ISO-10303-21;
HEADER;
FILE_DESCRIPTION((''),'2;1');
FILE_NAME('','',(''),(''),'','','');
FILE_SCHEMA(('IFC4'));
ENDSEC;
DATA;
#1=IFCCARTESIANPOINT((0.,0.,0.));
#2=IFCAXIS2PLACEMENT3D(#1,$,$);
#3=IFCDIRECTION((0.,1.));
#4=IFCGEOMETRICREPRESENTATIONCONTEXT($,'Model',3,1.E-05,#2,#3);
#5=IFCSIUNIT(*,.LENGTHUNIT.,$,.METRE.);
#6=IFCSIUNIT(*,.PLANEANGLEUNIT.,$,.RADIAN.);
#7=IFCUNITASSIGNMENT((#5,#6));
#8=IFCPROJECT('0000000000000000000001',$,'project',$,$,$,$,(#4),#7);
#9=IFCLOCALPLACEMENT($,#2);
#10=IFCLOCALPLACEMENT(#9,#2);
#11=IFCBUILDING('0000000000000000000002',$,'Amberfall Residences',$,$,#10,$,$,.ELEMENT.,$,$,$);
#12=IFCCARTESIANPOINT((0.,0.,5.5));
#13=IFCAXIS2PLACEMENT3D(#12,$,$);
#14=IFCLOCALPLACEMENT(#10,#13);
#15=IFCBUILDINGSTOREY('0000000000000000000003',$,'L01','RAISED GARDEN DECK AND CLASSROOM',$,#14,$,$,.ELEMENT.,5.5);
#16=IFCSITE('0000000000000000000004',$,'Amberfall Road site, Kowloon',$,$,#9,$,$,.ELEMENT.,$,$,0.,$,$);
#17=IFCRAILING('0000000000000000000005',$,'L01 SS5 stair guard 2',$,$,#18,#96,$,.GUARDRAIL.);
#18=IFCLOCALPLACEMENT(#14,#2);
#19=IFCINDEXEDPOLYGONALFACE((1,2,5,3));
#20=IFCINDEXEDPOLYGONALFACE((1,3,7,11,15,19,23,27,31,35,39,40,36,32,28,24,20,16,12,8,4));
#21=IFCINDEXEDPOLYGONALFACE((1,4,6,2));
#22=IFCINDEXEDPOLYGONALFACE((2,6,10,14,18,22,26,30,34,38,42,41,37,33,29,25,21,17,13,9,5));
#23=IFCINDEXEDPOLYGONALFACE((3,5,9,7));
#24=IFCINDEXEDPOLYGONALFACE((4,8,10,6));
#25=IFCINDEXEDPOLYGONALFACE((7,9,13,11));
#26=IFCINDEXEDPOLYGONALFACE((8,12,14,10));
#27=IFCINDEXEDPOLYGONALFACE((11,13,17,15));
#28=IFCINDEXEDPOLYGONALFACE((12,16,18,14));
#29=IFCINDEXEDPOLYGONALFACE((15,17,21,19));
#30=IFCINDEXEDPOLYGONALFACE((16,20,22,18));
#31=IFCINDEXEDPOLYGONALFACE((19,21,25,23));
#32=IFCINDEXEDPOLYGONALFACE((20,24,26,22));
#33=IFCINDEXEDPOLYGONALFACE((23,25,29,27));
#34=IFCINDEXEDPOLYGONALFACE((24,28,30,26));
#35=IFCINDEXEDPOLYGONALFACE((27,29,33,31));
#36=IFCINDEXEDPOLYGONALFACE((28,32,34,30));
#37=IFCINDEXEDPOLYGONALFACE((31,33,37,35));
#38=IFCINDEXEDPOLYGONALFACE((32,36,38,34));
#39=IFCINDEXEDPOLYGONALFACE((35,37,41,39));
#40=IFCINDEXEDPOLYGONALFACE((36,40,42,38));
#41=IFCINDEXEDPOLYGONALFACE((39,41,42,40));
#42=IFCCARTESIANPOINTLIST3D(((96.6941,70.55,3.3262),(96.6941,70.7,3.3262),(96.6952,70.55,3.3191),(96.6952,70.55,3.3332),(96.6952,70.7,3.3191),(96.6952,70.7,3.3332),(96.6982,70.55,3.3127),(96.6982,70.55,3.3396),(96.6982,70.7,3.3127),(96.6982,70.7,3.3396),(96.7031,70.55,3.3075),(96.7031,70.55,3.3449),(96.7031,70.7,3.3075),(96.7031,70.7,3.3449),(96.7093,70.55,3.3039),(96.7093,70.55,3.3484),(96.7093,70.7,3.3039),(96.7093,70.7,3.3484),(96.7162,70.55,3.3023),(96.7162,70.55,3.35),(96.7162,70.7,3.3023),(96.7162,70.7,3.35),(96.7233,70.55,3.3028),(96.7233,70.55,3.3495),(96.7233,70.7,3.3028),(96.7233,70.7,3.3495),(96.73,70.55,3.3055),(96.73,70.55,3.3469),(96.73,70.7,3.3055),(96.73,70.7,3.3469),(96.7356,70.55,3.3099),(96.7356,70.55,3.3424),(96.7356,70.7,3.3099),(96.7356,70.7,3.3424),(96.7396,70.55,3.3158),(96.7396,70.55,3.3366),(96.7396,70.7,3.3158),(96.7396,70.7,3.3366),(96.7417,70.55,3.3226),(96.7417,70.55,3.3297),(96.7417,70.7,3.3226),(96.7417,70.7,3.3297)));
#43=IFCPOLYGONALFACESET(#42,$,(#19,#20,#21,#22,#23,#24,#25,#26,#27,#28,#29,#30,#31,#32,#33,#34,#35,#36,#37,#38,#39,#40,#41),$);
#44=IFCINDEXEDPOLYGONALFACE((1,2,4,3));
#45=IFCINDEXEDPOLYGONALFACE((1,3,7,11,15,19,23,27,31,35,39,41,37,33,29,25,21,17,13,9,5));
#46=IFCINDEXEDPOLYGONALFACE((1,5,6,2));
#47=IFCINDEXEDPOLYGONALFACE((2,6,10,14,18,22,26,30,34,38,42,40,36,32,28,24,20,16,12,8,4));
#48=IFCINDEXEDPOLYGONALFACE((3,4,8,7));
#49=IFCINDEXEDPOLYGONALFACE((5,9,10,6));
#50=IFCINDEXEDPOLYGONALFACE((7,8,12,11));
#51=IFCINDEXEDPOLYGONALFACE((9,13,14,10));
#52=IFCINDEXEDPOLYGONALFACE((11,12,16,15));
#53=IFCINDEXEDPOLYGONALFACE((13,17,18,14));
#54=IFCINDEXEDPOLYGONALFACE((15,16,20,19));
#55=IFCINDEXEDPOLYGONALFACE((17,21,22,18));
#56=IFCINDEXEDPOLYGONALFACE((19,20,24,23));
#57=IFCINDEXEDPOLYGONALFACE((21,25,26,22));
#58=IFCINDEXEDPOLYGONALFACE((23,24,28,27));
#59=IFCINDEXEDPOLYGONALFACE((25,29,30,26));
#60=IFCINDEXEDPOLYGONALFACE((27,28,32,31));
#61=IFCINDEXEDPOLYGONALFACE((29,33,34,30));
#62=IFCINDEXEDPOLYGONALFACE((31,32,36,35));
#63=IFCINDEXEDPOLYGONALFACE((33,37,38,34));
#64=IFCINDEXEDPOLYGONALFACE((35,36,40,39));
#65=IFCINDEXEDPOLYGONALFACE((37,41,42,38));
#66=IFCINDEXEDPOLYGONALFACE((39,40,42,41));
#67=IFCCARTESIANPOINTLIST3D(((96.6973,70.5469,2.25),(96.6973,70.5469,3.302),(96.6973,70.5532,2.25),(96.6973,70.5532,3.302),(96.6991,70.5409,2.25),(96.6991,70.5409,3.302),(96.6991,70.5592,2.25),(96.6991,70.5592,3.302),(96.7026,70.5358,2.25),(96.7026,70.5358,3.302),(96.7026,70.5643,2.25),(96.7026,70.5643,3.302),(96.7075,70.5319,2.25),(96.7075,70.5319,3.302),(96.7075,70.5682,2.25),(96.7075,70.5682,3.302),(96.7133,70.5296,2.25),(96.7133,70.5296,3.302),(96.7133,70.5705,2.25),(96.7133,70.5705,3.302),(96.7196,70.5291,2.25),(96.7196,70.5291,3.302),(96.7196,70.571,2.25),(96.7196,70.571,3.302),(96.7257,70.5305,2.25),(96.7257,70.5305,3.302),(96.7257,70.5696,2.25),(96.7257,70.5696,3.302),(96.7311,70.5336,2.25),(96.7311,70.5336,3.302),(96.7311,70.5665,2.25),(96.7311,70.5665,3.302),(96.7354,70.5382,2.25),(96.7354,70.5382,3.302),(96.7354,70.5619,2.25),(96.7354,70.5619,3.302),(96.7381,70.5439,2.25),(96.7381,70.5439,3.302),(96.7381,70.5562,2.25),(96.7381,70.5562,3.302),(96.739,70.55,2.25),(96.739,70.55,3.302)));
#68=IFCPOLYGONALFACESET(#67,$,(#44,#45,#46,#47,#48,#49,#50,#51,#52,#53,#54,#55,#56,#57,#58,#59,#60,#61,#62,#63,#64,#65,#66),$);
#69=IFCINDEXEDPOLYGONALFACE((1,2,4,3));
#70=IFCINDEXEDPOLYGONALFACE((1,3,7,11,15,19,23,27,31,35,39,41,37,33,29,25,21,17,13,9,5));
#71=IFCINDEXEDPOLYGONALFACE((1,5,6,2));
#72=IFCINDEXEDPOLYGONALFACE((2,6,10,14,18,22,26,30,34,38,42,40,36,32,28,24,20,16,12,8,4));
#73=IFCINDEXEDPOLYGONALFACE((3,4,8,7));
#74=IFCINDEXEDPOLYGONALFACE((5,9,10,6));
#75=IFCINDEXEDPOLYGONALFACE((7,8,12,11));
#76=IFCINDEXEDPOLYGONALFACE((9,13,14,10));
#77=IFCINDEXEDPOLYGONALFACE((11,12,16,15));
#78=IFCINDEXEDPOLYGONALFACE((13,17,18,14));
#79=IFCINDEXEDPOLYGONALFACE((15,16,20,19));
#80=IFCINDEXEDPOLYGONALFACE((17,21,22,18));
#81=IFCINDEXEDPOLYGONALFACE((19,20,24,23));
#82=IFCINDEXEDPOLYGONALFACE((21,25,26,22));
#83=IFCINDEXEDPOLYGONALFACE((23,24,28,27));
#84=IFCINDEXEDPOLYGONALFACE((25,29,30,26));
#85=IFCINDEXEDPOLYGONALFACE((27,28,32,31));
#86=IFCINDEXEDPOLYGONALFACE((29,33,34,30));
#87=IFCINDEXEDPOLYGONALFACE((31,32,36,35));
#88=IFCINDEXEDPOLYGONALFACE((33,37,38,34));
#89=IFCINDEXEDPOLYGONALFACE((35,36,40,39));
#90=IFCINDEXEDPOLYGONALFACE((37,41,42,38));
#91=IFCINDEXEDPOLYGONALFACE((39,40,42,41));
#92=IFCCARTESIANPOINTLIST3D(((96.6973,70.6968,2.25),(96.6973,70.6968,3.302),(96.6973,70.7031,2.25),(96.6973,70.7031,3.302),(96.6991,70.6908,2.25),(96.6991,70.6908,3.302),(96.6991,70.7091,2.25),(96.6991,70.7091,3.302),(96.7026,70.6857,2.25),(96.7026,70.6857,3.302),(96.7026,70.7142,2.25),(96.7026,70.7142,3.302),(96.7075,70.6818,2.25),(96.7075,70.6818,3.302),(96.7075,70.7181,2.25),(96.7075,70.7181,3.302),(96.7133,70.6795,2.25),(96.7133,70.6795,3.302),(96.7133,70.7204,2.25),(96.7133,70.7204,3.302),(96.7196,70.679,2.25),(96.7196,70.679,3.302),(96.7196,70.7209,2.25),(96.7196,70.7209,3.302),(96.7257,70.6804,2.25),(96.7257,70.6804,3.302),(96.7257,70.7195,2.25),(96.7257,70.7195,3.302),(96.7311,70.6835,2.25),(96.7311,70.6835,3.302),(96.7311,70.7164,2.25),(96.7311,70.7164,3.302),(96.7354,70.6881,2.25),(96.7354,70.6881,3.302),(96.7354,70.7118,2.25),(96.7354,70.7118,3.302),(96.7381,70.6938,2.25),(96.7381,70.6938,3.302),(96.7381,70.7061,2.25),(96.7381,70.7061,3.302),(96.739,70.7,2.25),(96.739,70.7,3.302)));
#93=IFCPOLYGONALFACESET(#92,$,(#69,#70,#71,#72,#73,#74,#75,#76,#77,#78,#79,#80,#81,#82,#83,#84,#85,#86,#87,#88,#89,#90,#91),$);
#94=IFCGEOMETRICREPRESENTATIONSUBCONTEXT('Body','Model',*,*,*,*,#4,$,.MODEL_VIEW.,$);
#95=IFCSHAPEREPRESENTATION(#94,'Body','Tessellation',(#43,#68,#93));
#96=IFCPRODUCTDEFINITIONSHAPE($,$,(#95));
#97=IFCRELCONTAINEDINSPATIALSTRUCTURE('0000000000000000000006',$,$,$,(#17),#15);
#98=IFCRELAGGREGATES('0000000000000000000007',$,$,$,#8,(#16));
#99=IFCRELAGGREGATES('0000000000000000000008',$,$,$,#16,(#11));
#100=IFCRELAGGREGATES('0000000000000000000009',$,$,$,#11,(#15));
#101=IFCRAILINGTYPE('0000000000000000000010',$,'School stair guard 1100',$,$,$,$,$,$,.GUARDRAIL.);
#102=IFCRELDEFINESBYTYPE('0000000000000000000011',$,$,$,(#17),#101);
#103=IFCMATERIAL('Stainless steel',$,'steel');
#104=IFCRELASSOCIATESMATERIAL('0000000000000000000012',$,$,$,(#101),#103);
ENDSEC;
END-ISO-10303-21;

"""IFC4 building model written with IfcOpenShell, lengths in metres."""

from ifc_helpers import new_model, si_unit, direction, frame, origin, origin_2d, place, context, subcontext, project, spatial, circle, extrude, material, type_object, element, save


model = new_model("IFC4")

# Units and contexts
model_context = context("Model", 3, precision=1e-05, world=origin(), true_north=direction((0.0, 1.0)))
body_context = subcontext(model_context, "Body", "Model", "MODEL_VIEW")
ifc_project = project(units=[si_unit("LENGTHUNIT", "METRE"), si_unit("PLANEANGLEUNIT", "RADIAN")], contexts=[model_context])

# Site, building, storey
site_placement = place(None, origin())
site = spatial("IfcSite", under=ifc_project, at=site_placement, Name="Amberfall Road site, Kowloon", CompositionType="ELEMENT", RefElevation=0.0)
building_placement = place(site_placement, origin())
building = spatial("IfcBuilding", under=site, at=building_placement, Name="Amberfall Residences", CompositionType="ELEMENT")
storey_placement = place(building_placement, frame((0.0, 0.0, 5.5)))
storey = spatial("IfcBuildingStorey", under=building, at=storey_placement, Name="L01", Description="RAISED GARDEN DECK AND CLASSROOM", CompositionType="ELEMENT", Elevation=5.5)

# Railing
ifc_material_1 = material(Name="Stainless steel", Category="steel")
railing_type_1 = type_object("IfcRailingType", Name="School stair guard 1100", PredefinedType="GUARDRAIL", material=ifc_material_1)
railing_1_placement = place(storey_placement, frame((96.718, 70.55, 2.25)))
element("IfcRailing", 1, at=railing_1_placement, inside=storey, type_object=railing_type_1, Name="L01 SS5 stair guard 2", PredefinedType="GUARDRAIL", context=body_context, shape_type="SweptSolid", body=[
    extrude(circle(Radius=0.0239, at=origin_2d()), frame((0.0, 0.0, 1.0762), z_axis=(0.0, 1.0, 0.0), x_axis=(-1.0, 0.0, 0.0)), (0.0, 0.0, 1.0), 0.1499),
    extrude(circle(Radius=0.021, at=origin_2d()), origin(), (0.0, 0.0, 1.0), 1.052),
    extrude(circle(Radius=0.021, at=origin_2d()), frame((0.0, 0.1499, 0.0)), (0.0, 0.0, 1.0), 1.052),
])

save(model, "model.ifc")
